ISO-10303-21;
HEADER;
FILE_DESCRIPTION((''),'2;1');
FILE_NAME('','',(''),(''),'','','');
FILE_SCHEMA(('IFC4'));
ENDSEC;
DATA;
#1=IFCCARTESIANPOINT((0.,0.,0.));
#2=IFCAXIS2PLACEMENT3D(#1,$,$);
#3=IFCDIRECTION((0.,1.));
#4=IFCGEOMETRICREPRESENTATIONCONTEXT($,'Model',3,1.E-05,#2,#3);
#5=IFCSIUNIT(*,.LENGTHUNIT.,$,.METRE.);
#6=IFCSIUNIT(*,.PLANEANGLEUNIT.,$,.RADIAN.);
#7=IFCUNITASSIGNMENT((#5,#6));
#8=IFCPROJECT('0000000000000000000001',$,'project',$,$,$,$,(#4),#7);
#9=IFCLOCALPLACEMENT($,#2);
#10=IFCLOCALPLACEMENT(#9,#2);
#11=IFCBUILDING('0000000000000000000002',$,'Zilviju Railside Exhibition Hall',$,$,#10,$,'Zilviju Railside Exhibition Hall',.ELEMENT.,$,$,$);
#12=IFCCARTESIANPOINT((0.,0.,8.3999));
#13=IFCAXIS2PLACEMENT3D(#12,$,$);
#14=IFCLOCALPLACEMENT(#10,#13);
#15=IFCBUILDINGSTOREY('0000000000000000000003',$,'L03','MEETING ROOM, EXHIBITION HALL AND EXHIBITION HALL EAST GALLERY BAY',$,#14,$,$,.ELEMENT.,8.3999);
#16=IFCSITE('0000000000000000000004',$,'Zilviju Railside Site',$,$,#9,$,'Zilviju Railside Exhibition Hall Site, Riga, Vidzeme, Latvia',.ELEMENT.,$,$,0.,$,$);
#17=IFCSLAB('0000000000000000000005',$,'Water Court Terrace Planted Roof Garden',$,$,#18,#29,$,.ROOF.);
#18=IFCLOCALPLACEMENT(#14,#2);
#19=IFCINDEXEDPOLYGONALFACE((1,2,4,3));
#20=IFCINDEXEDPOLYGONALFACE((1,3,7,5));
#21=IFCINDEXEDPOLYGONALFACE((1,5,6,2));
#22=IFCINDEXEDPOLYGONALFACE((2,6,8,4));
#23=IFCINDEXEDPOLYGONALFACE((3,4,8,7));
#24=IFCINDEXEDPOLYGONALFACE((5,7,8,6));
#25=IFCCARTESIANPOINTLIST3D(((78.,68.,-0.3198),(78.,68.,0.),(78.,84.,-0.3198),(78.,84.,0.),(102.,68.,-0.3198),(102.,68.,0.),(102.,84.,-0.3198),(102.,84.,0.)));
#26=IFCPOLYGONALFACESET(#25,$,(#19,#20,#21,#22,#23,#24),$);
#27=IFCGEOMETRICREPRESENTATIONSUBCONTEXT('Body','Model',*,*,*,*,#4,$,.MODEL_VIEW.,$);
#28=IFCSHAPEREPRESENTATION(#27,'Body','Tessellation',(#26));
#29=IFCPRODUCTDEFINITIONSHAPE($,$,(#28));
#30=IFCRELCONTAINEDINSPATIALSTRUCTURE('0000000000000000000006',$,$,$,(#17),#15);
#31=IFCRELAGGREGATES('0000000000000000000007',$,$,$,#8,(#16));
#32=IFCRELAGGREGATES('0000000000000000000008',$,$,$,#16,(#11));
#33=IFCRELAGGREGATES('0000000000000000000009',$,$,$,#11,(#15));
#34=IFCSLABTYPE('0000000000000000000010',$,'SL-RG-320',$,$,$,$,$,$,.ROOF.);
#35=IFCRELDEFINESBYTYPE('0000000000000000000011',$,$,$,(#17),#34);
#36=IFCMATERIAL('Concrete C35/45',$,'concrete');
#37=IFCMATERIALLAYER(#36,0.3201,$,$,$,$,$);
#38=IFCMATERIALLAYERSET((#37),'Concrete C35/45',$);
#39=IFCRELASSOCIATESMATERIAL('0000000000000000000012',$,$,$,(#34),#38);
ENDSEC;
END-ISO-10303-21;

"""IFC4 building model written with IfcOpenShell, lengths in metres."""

from ifc_helpers import new_model, si_unit, direction, frame, origin, place, context, subcontext, project, spatial, polyline, outline, extrude, material, layer, layer_set, type_object, element, save


model = new_model("IFC4")

# Units and contexts
model_context = context("Model", 3, precision=1e-05, world=origin(), true_north=direction((0.0, 1.0)))
body_context = subcontext(model_context, "Body", "Model", "MODEL_VIEW")
ifc_project = project(units=[si_unit("LENGTHUNIT", "METRE"), si_unit("PLANEANGLEUNIT", "RADIAN")], contexts=[model_context])

# Site, building, storey
site_placement = place(None, origin())
site = spatial("IfcSite", under=ifc_project, at=site_placement, Name="Zilviju Railside Site", LongName="Zilviju Railside Exhibition Hall Site, Riga, Vidzeme, Latvia", CompositionType="ELEMENT", RefElevation=0.0)
building_placement = place(site_placement, origin())
building = spatial("IfcBuilding", under=site, at=building_placement, Name="Zilviju Railside Exhibition Hall", LongName="Zilviju Railside Exhibition Hall", CompositionType="ELEMENT")
storey_placement = place(building_placement, frame((0.0, 0.0, 8.3999)))
storey = spatial("IfcBuildingStorey", under=building, at=storey_placement, Name="L03", Description="MEETING ROOM, EXHIBITION HALL AND EXHIBITION HALL EAST GALLERY BAY", CompositionType="ELEMENT", Elevation=8.3999)

# Shared definitions
ifc_material_1 = material(Name="Concrete C35/45", Category="concrete")

# Slab
ifc_layer_1 = layer(ifc_material_1, 0.3201)
ifc_layer_set_1 = layer_set([ifc_layer_1], Name="Concrete C35/45")
slab_type_1 = type_object("IfcSlabType", Name="SL-RG-320", PredefinedType="ROOF", material=ifc_layer_set_1)
slab_1_placement = place(storey_placement, frame((0.0, 0.0, -0.3198)))
element("IfcSlab", 1, at=slab_1_placement, inside=storey, type_object=slab_type_1, Name="Water Court Terrace Planted Roof Garden", PredefinedType="ROOF", context=body_context, shape_type="SweptSolid", body=[
    extrude(outline(polyline([(78.0, 68.0), (102.0, 68.0), (102.0, 84.0), (78.0, 84.0), (78.0, 68.0)])), origin(), (0.0, 0.0, 1.0), 0.3198),
])

save(model, "model.ifc")
